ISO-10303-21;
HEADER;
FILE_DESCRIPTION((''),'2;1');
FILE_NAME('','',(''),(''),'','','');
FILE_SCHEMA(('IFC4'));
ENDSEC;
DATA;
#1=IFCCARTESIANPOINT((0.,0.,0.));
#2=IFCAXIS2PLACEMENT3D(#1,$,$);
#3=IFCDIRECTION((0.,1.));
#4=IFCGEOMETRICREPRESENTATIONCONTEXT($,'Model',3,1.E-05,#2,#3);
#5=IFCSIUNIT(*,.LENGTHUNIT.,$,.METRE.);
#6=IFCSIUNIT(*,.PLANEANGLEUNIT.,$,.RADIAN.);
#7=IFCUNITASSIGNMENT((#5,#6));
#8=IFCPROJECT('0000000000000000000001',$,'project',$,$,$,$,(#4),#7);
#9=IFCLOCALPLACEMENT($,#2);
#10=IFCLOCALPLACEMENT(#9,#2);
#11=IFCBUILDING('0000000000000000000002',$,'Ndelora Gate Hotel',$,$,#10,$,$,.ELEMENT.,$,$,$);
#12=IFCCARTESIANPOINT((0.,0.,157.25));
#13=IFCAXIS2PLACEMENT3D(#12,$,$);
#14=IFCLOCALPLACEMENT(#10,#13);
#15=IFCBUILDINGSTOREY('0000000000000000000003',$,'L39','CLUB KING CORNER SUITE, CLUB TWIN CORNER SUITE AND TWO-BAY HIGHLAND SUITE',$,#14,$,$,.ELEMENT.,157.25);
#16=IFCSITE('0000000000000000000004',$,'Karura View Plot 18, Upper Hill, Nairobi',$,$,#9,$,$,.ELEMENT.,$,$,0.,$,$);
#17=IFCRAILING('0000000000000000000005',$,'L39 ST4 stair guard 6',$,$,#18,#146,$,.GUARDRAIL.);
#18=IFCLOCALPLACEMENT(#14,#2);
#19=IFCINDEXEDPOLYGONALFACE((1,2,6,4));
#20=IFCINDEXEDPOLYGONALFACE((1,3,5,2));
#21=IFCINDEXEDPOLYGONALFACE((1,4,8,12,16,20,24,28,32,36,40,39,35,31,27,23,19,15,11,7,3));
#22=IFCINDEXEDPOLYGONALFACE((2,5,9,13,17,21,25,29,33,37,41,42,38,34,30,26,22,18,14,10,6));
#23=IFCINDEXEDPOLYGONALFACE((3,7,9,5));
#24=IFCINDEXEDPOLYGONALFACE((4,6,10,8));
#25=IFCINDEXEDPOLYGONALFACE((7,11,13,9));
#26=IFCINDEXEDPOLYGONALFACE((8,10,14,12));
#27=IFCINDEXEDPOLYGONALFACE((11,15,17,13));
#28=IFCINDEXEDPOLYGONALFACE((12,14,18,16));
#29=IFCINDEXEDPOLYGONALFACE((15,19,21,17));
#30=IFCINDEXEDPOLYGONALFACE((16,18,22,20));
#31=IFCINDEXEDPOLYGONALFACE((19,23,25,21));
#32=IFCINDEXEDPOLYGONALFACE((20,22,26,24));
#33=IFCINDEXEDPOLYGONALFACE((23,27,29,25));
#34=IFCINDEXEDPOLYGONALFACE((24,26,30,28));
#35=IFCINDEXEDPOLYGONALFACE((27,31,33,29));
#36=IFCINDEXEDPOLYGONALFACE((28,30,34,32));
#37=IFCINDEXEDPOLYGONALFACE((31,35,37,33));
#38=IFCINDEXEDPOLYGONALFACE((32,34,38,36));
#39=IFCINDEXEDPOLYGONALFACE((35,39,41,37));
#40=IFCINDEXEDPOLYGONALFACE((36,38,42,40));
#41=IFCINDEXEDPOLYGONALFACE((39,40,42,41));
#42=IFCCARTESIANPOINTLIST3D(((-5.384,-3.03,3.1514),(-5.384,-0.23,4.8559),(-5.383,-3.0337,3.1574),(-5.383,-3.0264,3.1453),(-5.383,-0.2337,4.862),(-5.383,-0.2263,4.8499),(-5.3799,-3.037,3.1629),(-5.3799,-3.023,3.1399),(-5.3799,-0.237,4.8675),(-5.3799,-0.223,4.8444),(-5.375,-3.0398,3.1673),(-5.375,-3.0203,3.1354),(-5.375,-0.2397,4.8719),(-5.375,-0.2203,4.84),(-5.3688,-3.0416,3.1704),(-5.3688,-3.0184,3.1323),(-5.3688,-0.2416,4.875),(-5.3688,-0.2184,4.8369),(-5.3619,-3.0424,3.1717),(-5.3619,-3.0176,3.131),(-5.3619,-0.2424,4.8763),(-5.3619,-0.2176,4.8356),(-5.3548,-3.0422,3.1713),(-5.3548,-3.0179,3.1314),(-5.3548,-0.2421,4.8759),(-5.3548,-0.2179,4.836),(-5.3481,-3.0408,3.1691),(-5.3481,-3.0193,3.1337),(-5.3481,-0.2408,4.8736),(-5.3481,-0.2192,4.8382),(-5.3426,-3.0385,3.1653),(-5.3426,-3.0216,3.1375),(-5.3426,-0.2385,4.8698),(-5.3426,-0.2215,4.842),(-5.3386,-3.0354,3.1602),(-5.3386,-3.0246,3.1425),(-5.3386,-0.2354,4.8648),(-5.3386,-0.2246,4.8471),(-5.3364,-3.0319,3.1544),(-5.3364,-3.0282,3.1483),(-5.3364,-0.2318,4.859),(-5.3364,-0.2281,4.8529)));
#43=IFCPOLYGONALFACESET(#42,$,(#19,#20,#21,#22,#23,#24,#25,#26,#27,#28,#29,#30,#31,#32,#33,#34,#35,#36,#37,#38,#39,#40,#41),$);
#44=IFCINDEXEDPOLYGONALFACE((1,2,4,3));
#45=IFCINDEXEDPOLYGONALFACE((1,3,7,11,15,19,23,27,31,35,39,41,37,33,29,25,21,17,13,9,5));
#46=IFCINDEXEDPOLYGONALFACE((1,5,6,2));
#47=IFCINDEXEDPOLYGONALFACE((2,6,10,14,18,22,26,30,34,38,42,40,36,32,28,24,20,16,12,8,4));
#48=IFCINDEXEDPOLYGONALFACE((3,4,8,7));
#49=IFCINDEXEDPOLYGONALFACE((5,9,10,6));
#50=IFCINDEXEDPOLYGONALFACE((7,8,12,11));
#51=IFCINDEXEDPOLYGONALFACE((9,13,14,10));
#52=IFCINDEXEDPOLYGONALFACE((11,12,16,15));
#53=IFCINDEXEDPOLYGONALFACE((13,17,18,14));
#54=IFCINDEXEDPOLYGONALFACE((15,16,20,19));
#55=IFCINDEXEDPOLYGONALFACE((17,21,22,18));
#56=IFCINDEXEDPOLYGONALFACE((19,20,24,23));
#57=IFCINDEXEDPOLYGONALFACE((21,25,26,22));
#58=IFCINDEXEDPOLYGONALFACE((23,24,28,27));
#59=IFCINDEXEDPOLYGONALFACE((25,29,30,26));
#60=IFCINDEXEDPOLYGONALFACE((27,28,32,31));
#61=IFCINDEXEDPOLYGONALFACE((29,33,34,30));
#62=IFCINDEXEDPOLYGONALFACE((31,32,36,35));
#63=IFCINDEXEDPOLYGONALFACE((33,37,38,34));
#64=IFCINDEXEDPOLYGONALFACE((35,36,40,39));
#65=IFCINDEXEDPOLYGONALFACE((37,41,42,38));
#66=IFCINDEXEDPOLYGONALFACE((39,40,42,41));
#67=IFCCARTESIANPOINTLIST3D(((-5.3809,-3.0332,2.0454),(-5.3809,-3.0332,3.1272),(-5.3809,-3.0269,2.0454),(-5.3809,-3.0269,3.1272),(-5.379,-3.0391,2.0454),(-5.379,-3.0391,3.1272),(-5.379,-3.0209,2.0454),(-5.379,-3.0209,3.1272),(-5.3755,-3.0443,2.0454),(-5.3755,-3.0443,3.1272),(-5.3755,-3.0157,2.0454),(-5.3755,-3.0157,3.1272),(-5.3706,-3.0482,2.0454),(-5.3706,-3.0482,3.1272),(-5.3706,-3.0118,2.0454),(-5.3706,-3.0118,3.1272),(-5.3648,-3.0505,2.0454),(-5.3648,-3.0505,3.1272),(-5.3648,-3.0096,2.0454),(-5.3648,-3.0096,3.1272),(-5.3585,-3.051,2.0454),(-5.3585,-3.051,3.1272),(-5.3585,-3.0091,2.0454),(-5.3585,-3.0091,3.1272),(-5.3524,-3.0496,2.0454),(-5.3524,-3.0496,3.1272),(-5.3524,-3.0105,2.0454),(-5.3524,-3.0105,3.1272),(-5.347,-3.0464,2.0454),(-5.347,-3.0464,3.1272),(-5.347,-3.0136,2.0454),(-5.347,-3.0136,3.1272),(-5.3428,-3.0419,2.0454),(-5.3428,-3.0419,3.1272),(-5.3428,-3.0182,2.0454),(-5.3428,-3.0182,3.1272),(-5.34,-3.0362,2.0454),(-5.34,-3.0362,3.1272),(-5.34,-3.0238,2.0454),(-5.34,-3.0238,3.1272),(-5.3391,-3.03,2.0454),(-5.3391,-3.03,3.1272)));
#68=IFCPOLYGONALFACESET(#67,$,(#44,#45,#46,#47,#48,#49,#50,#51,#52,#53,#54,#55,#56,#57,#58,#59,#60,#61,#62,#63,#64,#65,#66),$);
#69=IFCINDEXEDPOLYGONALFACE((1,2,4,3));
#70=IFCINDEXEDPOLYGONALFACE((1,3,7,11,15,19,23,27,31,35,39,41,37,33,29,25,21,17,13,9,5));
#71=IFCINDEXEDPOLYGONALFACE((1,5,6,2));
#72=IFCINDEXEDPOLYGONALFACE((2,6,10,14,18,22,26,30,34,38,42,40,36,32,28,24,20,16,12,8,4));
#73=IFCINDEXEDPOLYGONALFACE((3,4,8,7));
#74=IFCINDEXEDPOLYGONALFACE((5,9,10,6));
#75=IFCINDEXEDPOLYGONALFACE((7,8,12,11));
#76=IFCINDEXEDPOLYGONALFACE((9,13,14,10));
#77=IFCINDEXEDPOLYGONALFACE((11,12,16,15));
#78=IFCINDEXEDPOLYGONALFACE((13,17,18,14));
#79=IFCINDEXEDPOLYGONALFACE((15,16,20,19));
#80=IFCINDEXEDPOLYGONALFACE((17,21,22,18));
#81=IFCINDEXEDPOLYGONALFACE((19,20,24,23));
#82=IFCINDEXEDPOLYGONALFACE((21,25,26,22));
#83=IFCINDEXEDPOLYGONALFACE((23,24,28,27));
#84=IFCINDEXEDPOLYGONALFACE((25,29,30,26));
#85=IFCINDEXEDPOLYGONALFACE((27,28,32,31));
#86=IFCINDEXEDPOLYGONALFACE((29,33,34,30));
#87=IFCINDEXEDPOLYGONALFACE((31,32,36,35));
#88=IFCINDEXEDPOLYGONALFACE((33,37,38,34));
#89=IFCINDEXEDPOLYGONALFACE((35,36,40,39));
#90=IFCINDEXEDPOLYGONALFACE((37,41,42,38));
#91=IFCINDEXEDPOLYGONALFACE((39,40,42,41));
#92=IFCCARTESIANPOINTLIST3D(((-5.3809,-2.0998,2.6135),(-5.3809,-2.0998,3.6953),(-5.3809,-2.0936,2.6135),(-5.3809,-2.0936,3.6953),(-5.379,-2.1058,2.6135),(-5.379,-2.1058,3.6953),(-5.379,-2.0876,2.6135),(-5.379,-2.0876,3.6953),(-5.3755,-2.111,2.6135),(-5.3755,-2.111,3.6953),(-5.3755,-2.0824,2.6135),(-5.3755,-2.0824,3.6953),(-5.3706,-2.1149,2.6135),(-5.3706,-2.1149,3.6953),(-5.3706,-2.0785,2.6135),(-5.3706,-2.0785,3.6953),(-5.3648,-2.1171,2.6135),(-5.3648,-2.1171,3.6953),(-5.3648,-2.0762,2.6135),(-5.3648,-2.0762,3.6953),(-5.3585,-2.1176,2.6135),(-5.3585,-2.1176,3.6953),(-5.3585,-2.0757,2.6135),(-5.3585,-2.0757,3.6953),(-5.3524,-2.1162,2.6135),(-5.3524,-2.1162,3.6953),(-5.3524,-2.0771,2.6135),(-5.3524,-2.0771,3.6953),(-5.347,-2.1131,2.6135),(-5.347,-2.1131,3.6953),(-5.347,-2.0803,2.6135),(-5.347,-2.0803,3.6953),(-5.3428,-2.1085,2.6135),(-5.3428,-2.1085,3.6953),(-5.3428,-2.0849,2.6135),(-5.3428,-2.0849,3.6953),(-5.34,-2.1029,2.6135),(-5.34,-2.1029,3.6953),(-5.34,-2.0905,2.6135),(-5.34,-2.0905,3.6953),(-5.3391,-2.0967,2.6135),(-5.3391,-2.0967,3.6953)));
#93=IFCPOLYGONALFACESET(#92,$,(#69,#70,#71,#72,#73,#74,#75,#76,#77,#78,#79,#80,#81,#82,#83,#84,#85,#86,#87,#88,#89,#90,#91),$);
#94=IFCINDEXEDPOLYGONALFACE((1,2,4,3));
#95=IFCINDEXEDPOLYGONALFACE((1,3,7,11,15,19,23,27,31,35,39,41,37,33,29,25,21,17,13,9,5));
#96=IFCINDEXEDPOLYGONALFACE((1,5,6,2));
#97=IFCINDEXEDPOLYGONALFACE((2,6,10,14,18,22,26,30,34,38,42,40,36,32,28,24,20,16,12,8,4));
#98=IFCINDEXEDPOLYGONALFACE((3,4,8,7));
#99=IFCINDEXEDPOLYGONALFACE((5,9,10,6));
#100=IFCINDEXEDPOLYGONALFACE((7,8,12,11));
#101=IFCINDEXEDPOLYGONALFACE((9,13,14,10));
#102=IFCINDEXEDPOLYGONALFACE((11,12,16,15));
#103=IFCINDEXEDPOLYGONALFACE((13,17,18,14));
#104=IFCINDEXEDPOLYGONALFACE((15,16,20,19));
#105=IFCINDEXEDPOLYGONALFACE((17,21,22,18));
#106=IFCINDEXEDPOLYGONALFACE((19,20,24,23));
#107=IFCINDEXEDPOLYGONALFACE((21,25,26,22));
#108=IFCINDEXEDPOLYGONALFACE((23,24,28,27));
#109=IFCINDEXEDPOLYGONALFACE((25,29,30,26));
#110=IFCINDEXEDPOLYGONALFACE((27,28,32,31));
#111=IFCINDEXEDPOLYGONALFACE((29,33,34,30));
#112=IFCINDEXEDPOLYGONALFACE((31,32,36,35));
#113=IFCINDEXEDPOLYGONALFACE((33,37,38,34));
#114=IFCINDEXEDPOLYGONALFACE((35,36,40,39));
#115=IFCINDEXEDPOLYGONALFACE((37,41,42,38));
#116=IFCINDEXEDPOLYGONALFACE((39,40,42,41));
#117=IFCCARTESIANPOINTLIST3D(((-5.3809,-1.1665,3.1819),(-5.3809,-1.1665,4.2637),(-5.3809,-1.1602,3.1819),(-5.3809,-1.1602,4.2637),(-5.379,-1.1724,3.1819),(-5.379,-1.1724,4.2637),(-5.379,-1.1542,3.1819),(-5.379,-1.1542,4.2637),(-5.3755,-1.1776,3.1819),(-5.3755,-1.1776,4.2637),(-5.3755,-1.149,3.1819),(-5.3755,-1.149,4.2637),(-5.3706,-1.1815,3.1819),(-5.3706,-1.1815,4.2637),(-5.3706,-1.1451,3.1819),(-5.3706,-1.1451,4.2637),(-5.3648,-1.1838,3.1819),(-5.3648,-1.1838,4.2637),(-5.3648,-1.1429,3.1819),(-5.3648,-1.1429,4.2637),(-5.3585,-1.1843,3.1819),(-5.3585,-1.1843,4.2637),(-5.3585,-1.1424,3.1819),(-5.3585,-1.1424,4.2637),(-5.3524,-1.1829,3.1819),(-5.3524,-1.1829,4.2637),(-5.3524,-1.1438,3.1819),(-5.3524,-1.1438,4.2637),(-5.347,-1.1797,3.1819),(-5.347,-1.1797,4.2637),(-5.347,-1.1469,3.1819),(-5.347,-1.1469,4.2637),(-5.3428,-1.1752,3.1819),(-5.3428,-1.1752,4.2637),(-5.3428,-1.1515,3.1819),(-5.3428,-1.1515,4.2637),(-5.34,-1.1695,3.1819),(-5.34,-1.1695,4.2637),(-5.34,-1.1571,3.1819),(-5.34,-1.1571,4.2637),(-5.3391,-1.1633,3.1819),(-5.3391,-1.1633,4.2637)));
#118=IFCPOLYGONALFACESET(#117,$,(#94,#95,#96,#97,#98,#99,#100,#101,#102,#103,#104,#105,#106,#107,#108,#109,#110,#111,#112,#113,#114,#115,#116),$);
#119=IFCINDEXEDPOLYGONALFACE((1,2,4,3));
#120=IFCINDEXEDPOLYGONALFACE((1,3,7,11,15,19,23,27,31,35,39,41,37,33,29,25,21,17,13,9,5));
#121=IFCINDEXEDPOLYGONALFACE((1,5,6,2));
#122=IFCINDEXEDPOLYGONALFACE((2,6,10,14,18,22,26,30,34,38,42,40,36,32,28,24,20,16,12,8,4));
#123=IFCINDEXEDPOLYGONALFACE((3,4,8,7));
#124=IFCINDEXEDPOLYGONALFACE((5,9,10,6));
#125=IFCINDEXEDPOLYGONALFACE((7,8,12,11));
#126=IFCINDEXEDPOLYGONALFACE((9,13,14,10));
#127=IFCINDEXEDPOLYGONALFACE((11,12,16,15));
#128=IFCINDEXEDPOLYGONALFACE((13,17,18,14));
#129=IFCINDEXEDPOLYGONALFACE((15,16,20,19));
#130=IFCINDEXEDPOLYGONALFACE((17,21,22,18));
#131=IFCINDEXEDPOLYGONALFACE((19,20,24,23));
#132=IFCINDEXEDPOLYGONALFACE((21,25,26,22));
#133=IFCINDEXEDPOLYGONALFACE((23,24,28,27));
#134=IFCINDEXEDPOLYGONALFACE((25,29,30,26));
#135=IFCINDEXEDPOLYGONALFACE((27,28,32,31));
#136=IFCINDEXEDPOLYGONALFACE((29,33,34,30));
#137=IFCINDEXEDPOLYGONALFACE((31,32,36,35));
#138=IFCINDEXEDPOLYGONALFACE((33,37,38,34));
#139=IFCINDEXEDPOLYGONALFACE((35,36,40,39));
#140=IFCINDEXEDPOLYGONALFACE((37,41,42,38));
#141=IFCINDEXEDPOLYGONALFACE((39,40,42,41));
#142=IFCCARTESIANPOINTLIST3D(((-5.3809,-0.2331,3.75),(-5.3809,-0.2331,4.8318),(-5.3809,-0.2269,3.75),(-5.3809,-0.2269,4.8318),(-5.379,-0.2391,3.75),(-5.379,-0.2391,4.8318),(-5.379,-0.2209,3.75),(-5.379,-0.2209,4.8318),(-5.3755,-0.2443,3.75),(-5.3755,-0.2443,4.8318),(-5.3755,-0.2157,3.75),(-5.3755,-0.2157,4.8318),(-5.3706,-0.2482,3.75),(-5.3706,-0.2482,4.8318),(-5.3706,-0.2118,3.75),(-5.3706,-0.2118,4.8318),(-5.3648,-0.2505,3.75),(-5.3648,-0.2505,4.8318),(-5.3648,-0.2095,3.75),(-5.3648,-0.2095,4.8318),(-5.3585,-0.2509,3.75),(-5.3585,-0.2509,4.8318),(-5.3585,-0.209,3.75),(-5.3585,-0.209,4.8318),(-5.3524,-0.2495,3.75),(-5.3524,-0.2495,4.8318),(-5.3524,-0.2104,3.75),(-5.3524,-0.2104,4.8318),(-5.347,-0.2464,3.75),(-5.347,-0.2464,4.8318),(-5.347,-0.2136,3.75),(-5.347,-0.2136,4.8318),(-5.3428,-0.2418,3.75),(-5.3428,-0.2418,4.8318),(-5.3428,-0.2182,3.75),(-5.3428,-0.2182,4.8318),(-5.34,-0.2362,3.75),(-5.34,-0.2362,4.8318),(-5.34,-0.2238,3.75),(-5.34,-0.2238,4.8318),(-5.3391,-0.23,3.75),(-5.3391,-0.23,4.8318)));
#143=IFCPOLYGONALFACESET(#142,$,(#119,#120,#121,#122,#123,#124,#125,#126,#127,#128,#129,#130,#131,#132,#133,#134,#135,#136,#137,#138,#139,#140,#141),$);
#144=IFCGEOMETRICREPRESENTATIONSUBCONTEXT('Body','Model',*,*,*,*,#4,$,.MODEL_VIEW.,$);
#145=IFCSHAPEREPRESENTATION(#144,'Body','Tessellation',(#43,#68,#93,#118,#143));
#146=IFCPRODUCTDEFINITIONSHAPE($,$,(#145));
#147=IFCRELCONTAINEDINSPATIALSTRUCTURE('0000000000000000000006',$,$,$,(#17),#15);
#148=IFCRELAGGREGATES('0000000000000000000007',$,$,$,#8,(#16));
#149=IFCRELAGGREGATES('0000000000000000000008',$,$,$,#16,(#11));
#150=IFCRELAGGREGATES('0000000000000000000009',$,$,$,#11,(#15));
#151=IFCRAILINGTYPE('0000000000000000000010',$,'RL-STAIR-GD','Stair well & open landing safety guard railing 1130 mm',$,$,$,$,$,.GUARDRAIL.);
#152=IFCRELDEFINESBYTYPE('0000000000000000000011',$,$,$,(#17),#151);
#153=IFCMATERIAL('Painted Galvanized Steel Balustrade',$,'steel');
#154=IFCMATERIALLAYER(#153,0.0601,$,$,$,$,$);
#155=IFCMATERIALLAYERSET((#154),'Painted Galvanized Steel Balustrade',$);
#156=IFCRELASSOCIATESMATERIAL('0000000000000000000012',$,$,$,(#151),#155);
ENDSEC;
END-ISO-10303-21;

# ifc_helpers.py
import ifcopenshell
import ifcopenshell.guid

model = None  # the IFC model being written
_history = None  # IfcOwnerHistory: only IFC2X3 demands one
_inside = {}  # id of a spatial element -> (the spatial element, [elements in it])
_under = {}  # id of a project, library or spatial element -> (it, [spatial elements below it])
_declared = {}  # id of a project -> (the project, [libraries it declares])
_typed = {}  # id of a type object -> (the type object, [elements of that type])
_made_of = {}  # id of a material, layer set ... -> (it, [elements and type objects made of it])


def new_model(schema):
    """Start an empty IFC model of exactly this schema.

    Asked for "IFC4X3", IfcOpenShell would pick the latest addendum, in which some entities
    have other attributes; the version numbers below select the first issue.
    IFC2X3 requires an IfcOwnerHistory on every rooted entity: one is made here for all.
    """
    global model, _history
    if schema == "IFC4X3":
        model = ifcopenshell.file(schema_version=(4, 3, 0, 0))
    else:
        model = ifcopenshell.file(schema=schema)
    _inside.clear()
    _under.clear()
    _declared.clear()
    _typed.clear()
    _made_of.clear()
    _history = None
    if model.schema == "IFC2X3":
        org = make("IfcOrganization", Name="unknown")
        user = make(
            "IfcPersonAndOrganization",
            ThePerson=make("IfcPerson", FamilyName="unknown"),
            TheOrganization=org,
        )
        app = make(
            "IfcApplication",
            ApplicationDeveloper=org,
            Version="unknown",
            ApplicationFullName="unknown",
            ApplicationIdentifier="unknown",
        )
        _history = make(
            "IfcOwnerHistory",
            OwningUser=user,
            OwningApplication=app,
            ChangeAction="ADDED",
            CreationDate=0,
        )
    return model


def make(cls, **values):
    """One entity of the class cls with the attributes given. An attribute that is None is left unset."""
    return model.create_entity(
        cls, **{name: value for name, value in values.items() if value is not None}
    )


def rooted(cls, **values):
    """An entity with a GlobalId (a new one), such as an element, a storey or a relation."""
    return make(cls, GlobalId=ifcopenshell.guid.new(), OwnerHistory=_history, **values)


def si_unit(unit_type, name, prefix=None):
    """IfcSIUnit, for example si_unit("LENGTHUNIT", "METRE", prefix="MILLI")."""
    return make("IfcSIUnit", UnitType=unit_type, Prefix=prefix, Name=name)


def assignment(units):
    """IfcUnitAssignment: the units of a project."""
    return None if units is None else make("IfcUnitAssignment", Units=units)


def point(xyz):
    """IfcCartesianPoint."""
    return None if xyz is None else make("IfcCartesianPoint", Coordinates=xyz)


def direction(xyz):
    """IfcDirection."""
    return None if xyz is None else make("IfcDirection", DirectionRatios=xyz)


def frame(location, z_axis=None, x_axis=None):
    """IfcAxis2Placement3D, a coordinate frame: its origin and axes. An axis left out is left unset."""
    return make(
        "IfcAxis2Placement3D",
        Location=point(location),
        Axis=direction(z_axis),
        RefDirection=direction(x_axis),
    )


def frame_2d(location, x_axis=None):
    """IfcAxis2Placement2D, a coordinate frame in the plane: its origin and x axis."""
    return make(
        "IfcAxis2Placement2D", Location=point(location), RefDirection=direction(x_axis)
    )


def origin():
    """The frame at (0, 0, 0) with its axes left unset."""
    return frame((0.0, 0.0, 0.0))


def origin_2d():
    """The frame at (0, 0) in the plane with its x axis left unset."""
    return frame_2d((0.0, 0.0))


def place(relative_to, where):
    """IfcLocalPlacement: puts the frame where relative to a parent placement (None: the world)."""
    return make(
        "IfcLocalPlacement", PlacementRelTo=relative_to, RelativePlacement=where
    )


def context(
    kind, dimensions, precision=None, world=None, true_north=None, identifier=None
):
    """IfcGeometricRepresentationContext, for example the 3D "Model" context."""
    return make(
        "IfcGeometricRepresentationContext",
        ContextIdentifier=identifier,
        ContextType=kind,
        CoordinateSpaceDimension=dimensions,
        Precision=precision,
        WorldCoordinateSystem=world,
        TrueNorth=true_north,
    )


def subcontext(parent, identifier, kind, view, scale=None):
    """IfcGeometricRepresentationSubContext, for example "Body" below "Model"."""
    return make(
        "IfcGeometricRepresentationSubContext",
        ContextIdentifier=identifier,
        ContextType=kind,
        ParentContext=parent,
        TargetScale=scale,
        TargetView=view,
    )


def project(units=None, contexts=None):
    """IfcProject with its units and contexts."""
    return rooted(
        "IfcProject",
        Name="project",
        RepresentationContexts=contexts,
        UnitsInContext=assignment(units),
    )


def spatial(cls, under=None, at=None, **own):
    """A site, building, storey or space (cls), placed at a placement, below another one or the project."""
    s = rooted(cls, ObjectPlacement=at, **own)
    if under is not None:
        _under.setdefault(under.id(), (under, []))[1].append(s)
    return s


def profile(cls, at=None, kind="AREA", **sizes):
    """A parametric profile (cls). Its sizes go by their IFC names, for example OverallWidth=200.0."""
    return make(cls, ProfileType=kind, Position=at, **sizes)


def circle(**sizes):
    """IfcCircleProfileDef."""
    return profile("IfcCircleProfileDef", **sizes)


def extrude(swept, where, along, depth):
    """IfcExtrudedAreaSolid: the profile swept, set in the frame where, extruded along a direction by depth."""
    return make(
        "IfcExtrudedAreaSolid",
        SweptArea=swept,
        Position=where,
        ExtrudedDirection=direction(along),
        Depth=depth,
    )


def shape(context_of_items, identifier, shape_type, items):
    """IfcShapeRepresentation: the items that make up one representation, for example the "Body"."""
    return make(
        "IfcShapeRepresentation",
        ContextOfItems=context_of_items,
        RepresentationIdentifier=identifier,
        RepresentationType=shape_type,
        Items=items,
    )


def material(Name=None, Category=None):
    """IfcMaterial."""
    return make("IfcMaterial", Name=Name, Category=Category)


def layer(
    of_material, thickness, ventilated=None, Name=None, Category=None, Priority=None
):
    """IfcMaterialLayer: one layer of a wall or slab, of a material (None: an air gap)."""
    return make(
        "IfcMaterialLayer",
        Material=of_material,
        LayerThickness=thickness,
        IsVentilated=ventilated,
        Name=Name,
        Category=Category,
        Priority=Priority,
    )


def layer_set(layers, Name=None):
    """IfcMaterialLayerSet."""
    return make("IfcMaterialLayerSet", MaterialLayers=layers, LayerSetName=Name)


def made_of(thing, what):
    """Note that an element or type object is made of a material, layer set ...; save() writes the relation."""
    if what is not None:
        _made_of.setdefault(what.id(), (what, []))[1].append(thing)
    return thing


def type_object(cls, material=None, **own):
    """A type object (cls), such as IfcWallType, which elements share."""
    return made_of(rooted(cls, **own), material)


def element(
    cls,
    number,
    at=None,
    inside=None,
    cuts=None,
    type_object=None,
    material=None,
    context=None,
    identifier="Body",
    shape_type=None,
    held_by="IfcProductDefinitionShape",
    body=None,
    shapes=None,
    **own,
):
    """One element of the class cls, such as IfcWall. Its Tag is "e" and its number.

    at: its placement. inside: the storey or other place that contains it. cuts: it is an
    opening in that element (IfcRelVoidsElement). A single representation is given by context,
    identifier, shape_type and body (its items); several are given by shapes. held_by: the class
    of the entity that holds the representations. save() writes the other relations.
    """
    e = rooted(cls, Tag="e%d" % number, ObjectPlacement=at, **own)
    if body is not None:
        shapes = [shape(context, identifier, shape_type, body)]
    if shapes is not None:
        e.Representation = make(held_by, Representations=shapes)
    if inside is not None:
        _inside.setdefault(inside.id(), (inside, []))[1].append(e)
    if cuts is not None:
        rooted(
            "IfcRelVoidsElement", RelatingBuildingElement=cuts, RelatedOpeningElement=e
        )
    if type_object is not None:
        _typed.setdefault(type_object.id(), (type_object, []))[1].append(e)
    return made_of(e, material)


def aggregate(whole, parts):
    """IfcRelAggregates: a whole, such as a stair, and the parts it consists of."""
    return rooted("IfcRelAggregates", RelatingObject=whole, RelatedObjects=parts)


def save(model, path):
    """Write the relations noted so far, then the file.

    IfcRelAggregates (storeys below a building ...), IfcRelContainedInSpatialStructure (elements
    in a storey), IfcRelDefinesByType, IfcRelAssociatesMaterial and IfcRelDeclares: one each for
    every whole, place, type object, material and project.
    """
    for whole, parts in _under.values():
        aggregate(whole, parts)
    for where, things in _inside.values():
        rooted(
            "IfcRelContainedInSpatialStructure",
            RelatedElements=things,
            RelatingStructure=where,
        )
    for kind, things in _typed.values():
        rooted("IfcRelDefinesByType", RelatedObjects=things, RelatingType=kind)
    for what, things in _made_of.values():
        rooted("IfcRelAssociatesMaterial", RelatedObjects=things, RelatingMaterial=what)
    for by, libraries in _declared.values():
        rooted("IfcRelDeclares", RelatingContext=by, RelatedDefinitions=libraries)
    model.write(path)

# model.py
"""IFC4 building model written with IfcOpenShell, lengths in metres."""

from ifc_helpers import new_model, si_unit, direction, frame, origin, origin_2d, place, context, subcontext, project, spatial, circle, extrude, material, layer, layer_set, type_object, element, save


model = new_model("IFC4")

# Units and contexts
model_context = context("Model", 3, precision=1e-05, world=origin(), true_north=direction((0.0, 1.0)))
body_context = subcontext(model_context, "Body", "Model", "MODEL_VIEW")
ifc_project = project(units=[si_unit("LENGTHUNIT", "METRE"), si_unit("PLANEANGLEUNIT", "RADIAN")], contexts=[model_context])

# Site, building, storey
site_placement = place(None, origin())
site = spatial("IfcSite", under=ifc_project, at=site_placement, Name="Karura View Plot 18, Upper Hill, Nairobi", CompositionType="ELEMENT", RefElevation=0.0)
building_placement = place(site_placement, origin())
building = spatial("IfcBuilding", under=site, at=building_placement, Name="Ndelora Gate Hotel", CompositionType="ELEMENT")
storey_placement = place(building_placement, frame((0.0, 0.0, 157.25)))
storey = spatial("IfcBuildingStorey", under=building, at=storey_placement, Name="L39", Description="CLUB KING CORNER SUITE, CLUB TWIN CORNER SUITE AND TWO-BAY HIGHLAND SUITE", CompositionType="ELEMENT", Elevation=157.25)

# Railing
ifc_material_1 = material(Name="Painted Galvanized Steel Balustrade", Category="steel")
ifc_layer_1 = layer(ifc_material_1, 0.0601)
ifc_layer_set_1 = layer_set([ifc_layer_1], Name="Painted Galvanized Steel Balustrade")
railing_type_1 = type_object("IfcRailingType", Name="RL-STAIR-GD", Description="Stair well & open landing safety guard railing 1130 mm", PredefinedType="GUARDRAIL", material=ifc_layer_set_1)
railing_1_placement = place(storey_placement, frame((-5.3601, -3.03, 2.0454)))
element("IfcRailing", 1, at=railing_1_placement, inside=storey, type_object=railing_type_1, Name="L39 ST4 stair guard 6", PredefinedType="GUARDRAIL", context=body_context, shape_type="SweptSolid", body=[
    extrude(circle(Radius=0.0239, at=origin_2d()), frame((0.0, 0.0, 1.106), z_axis=(0.0, 0.85417, 0.519994), x_axis=(-1.0, 0.0, 0.0)), (0.0, 0.0, 1.0), 3.2781),
    extrude(circle(Radius=0.021, at=origin_2d()), origin(), (0.0, 0.0, 1.0), 1.0818),
    extrude(circle(Radius=0.021, at=origin_2d()), frame((0.0, 0.9333, 0.5681)), (0.0, 0.0, 1.0), 1.0818),
    extrude(circle(Radius=0.021, at=origin_2d()), frame((0.0, 1.8667, 1.1365)), (0.0, 0.0, 1.0), 1.0818),
    extrude(circle(Radius=0.021, at=origin_2d()), frame((0.0, 2.8, 1.7046)), (0.0, 0.0, 1.0), 1.0818),
])

save(model, "model.ifc")
